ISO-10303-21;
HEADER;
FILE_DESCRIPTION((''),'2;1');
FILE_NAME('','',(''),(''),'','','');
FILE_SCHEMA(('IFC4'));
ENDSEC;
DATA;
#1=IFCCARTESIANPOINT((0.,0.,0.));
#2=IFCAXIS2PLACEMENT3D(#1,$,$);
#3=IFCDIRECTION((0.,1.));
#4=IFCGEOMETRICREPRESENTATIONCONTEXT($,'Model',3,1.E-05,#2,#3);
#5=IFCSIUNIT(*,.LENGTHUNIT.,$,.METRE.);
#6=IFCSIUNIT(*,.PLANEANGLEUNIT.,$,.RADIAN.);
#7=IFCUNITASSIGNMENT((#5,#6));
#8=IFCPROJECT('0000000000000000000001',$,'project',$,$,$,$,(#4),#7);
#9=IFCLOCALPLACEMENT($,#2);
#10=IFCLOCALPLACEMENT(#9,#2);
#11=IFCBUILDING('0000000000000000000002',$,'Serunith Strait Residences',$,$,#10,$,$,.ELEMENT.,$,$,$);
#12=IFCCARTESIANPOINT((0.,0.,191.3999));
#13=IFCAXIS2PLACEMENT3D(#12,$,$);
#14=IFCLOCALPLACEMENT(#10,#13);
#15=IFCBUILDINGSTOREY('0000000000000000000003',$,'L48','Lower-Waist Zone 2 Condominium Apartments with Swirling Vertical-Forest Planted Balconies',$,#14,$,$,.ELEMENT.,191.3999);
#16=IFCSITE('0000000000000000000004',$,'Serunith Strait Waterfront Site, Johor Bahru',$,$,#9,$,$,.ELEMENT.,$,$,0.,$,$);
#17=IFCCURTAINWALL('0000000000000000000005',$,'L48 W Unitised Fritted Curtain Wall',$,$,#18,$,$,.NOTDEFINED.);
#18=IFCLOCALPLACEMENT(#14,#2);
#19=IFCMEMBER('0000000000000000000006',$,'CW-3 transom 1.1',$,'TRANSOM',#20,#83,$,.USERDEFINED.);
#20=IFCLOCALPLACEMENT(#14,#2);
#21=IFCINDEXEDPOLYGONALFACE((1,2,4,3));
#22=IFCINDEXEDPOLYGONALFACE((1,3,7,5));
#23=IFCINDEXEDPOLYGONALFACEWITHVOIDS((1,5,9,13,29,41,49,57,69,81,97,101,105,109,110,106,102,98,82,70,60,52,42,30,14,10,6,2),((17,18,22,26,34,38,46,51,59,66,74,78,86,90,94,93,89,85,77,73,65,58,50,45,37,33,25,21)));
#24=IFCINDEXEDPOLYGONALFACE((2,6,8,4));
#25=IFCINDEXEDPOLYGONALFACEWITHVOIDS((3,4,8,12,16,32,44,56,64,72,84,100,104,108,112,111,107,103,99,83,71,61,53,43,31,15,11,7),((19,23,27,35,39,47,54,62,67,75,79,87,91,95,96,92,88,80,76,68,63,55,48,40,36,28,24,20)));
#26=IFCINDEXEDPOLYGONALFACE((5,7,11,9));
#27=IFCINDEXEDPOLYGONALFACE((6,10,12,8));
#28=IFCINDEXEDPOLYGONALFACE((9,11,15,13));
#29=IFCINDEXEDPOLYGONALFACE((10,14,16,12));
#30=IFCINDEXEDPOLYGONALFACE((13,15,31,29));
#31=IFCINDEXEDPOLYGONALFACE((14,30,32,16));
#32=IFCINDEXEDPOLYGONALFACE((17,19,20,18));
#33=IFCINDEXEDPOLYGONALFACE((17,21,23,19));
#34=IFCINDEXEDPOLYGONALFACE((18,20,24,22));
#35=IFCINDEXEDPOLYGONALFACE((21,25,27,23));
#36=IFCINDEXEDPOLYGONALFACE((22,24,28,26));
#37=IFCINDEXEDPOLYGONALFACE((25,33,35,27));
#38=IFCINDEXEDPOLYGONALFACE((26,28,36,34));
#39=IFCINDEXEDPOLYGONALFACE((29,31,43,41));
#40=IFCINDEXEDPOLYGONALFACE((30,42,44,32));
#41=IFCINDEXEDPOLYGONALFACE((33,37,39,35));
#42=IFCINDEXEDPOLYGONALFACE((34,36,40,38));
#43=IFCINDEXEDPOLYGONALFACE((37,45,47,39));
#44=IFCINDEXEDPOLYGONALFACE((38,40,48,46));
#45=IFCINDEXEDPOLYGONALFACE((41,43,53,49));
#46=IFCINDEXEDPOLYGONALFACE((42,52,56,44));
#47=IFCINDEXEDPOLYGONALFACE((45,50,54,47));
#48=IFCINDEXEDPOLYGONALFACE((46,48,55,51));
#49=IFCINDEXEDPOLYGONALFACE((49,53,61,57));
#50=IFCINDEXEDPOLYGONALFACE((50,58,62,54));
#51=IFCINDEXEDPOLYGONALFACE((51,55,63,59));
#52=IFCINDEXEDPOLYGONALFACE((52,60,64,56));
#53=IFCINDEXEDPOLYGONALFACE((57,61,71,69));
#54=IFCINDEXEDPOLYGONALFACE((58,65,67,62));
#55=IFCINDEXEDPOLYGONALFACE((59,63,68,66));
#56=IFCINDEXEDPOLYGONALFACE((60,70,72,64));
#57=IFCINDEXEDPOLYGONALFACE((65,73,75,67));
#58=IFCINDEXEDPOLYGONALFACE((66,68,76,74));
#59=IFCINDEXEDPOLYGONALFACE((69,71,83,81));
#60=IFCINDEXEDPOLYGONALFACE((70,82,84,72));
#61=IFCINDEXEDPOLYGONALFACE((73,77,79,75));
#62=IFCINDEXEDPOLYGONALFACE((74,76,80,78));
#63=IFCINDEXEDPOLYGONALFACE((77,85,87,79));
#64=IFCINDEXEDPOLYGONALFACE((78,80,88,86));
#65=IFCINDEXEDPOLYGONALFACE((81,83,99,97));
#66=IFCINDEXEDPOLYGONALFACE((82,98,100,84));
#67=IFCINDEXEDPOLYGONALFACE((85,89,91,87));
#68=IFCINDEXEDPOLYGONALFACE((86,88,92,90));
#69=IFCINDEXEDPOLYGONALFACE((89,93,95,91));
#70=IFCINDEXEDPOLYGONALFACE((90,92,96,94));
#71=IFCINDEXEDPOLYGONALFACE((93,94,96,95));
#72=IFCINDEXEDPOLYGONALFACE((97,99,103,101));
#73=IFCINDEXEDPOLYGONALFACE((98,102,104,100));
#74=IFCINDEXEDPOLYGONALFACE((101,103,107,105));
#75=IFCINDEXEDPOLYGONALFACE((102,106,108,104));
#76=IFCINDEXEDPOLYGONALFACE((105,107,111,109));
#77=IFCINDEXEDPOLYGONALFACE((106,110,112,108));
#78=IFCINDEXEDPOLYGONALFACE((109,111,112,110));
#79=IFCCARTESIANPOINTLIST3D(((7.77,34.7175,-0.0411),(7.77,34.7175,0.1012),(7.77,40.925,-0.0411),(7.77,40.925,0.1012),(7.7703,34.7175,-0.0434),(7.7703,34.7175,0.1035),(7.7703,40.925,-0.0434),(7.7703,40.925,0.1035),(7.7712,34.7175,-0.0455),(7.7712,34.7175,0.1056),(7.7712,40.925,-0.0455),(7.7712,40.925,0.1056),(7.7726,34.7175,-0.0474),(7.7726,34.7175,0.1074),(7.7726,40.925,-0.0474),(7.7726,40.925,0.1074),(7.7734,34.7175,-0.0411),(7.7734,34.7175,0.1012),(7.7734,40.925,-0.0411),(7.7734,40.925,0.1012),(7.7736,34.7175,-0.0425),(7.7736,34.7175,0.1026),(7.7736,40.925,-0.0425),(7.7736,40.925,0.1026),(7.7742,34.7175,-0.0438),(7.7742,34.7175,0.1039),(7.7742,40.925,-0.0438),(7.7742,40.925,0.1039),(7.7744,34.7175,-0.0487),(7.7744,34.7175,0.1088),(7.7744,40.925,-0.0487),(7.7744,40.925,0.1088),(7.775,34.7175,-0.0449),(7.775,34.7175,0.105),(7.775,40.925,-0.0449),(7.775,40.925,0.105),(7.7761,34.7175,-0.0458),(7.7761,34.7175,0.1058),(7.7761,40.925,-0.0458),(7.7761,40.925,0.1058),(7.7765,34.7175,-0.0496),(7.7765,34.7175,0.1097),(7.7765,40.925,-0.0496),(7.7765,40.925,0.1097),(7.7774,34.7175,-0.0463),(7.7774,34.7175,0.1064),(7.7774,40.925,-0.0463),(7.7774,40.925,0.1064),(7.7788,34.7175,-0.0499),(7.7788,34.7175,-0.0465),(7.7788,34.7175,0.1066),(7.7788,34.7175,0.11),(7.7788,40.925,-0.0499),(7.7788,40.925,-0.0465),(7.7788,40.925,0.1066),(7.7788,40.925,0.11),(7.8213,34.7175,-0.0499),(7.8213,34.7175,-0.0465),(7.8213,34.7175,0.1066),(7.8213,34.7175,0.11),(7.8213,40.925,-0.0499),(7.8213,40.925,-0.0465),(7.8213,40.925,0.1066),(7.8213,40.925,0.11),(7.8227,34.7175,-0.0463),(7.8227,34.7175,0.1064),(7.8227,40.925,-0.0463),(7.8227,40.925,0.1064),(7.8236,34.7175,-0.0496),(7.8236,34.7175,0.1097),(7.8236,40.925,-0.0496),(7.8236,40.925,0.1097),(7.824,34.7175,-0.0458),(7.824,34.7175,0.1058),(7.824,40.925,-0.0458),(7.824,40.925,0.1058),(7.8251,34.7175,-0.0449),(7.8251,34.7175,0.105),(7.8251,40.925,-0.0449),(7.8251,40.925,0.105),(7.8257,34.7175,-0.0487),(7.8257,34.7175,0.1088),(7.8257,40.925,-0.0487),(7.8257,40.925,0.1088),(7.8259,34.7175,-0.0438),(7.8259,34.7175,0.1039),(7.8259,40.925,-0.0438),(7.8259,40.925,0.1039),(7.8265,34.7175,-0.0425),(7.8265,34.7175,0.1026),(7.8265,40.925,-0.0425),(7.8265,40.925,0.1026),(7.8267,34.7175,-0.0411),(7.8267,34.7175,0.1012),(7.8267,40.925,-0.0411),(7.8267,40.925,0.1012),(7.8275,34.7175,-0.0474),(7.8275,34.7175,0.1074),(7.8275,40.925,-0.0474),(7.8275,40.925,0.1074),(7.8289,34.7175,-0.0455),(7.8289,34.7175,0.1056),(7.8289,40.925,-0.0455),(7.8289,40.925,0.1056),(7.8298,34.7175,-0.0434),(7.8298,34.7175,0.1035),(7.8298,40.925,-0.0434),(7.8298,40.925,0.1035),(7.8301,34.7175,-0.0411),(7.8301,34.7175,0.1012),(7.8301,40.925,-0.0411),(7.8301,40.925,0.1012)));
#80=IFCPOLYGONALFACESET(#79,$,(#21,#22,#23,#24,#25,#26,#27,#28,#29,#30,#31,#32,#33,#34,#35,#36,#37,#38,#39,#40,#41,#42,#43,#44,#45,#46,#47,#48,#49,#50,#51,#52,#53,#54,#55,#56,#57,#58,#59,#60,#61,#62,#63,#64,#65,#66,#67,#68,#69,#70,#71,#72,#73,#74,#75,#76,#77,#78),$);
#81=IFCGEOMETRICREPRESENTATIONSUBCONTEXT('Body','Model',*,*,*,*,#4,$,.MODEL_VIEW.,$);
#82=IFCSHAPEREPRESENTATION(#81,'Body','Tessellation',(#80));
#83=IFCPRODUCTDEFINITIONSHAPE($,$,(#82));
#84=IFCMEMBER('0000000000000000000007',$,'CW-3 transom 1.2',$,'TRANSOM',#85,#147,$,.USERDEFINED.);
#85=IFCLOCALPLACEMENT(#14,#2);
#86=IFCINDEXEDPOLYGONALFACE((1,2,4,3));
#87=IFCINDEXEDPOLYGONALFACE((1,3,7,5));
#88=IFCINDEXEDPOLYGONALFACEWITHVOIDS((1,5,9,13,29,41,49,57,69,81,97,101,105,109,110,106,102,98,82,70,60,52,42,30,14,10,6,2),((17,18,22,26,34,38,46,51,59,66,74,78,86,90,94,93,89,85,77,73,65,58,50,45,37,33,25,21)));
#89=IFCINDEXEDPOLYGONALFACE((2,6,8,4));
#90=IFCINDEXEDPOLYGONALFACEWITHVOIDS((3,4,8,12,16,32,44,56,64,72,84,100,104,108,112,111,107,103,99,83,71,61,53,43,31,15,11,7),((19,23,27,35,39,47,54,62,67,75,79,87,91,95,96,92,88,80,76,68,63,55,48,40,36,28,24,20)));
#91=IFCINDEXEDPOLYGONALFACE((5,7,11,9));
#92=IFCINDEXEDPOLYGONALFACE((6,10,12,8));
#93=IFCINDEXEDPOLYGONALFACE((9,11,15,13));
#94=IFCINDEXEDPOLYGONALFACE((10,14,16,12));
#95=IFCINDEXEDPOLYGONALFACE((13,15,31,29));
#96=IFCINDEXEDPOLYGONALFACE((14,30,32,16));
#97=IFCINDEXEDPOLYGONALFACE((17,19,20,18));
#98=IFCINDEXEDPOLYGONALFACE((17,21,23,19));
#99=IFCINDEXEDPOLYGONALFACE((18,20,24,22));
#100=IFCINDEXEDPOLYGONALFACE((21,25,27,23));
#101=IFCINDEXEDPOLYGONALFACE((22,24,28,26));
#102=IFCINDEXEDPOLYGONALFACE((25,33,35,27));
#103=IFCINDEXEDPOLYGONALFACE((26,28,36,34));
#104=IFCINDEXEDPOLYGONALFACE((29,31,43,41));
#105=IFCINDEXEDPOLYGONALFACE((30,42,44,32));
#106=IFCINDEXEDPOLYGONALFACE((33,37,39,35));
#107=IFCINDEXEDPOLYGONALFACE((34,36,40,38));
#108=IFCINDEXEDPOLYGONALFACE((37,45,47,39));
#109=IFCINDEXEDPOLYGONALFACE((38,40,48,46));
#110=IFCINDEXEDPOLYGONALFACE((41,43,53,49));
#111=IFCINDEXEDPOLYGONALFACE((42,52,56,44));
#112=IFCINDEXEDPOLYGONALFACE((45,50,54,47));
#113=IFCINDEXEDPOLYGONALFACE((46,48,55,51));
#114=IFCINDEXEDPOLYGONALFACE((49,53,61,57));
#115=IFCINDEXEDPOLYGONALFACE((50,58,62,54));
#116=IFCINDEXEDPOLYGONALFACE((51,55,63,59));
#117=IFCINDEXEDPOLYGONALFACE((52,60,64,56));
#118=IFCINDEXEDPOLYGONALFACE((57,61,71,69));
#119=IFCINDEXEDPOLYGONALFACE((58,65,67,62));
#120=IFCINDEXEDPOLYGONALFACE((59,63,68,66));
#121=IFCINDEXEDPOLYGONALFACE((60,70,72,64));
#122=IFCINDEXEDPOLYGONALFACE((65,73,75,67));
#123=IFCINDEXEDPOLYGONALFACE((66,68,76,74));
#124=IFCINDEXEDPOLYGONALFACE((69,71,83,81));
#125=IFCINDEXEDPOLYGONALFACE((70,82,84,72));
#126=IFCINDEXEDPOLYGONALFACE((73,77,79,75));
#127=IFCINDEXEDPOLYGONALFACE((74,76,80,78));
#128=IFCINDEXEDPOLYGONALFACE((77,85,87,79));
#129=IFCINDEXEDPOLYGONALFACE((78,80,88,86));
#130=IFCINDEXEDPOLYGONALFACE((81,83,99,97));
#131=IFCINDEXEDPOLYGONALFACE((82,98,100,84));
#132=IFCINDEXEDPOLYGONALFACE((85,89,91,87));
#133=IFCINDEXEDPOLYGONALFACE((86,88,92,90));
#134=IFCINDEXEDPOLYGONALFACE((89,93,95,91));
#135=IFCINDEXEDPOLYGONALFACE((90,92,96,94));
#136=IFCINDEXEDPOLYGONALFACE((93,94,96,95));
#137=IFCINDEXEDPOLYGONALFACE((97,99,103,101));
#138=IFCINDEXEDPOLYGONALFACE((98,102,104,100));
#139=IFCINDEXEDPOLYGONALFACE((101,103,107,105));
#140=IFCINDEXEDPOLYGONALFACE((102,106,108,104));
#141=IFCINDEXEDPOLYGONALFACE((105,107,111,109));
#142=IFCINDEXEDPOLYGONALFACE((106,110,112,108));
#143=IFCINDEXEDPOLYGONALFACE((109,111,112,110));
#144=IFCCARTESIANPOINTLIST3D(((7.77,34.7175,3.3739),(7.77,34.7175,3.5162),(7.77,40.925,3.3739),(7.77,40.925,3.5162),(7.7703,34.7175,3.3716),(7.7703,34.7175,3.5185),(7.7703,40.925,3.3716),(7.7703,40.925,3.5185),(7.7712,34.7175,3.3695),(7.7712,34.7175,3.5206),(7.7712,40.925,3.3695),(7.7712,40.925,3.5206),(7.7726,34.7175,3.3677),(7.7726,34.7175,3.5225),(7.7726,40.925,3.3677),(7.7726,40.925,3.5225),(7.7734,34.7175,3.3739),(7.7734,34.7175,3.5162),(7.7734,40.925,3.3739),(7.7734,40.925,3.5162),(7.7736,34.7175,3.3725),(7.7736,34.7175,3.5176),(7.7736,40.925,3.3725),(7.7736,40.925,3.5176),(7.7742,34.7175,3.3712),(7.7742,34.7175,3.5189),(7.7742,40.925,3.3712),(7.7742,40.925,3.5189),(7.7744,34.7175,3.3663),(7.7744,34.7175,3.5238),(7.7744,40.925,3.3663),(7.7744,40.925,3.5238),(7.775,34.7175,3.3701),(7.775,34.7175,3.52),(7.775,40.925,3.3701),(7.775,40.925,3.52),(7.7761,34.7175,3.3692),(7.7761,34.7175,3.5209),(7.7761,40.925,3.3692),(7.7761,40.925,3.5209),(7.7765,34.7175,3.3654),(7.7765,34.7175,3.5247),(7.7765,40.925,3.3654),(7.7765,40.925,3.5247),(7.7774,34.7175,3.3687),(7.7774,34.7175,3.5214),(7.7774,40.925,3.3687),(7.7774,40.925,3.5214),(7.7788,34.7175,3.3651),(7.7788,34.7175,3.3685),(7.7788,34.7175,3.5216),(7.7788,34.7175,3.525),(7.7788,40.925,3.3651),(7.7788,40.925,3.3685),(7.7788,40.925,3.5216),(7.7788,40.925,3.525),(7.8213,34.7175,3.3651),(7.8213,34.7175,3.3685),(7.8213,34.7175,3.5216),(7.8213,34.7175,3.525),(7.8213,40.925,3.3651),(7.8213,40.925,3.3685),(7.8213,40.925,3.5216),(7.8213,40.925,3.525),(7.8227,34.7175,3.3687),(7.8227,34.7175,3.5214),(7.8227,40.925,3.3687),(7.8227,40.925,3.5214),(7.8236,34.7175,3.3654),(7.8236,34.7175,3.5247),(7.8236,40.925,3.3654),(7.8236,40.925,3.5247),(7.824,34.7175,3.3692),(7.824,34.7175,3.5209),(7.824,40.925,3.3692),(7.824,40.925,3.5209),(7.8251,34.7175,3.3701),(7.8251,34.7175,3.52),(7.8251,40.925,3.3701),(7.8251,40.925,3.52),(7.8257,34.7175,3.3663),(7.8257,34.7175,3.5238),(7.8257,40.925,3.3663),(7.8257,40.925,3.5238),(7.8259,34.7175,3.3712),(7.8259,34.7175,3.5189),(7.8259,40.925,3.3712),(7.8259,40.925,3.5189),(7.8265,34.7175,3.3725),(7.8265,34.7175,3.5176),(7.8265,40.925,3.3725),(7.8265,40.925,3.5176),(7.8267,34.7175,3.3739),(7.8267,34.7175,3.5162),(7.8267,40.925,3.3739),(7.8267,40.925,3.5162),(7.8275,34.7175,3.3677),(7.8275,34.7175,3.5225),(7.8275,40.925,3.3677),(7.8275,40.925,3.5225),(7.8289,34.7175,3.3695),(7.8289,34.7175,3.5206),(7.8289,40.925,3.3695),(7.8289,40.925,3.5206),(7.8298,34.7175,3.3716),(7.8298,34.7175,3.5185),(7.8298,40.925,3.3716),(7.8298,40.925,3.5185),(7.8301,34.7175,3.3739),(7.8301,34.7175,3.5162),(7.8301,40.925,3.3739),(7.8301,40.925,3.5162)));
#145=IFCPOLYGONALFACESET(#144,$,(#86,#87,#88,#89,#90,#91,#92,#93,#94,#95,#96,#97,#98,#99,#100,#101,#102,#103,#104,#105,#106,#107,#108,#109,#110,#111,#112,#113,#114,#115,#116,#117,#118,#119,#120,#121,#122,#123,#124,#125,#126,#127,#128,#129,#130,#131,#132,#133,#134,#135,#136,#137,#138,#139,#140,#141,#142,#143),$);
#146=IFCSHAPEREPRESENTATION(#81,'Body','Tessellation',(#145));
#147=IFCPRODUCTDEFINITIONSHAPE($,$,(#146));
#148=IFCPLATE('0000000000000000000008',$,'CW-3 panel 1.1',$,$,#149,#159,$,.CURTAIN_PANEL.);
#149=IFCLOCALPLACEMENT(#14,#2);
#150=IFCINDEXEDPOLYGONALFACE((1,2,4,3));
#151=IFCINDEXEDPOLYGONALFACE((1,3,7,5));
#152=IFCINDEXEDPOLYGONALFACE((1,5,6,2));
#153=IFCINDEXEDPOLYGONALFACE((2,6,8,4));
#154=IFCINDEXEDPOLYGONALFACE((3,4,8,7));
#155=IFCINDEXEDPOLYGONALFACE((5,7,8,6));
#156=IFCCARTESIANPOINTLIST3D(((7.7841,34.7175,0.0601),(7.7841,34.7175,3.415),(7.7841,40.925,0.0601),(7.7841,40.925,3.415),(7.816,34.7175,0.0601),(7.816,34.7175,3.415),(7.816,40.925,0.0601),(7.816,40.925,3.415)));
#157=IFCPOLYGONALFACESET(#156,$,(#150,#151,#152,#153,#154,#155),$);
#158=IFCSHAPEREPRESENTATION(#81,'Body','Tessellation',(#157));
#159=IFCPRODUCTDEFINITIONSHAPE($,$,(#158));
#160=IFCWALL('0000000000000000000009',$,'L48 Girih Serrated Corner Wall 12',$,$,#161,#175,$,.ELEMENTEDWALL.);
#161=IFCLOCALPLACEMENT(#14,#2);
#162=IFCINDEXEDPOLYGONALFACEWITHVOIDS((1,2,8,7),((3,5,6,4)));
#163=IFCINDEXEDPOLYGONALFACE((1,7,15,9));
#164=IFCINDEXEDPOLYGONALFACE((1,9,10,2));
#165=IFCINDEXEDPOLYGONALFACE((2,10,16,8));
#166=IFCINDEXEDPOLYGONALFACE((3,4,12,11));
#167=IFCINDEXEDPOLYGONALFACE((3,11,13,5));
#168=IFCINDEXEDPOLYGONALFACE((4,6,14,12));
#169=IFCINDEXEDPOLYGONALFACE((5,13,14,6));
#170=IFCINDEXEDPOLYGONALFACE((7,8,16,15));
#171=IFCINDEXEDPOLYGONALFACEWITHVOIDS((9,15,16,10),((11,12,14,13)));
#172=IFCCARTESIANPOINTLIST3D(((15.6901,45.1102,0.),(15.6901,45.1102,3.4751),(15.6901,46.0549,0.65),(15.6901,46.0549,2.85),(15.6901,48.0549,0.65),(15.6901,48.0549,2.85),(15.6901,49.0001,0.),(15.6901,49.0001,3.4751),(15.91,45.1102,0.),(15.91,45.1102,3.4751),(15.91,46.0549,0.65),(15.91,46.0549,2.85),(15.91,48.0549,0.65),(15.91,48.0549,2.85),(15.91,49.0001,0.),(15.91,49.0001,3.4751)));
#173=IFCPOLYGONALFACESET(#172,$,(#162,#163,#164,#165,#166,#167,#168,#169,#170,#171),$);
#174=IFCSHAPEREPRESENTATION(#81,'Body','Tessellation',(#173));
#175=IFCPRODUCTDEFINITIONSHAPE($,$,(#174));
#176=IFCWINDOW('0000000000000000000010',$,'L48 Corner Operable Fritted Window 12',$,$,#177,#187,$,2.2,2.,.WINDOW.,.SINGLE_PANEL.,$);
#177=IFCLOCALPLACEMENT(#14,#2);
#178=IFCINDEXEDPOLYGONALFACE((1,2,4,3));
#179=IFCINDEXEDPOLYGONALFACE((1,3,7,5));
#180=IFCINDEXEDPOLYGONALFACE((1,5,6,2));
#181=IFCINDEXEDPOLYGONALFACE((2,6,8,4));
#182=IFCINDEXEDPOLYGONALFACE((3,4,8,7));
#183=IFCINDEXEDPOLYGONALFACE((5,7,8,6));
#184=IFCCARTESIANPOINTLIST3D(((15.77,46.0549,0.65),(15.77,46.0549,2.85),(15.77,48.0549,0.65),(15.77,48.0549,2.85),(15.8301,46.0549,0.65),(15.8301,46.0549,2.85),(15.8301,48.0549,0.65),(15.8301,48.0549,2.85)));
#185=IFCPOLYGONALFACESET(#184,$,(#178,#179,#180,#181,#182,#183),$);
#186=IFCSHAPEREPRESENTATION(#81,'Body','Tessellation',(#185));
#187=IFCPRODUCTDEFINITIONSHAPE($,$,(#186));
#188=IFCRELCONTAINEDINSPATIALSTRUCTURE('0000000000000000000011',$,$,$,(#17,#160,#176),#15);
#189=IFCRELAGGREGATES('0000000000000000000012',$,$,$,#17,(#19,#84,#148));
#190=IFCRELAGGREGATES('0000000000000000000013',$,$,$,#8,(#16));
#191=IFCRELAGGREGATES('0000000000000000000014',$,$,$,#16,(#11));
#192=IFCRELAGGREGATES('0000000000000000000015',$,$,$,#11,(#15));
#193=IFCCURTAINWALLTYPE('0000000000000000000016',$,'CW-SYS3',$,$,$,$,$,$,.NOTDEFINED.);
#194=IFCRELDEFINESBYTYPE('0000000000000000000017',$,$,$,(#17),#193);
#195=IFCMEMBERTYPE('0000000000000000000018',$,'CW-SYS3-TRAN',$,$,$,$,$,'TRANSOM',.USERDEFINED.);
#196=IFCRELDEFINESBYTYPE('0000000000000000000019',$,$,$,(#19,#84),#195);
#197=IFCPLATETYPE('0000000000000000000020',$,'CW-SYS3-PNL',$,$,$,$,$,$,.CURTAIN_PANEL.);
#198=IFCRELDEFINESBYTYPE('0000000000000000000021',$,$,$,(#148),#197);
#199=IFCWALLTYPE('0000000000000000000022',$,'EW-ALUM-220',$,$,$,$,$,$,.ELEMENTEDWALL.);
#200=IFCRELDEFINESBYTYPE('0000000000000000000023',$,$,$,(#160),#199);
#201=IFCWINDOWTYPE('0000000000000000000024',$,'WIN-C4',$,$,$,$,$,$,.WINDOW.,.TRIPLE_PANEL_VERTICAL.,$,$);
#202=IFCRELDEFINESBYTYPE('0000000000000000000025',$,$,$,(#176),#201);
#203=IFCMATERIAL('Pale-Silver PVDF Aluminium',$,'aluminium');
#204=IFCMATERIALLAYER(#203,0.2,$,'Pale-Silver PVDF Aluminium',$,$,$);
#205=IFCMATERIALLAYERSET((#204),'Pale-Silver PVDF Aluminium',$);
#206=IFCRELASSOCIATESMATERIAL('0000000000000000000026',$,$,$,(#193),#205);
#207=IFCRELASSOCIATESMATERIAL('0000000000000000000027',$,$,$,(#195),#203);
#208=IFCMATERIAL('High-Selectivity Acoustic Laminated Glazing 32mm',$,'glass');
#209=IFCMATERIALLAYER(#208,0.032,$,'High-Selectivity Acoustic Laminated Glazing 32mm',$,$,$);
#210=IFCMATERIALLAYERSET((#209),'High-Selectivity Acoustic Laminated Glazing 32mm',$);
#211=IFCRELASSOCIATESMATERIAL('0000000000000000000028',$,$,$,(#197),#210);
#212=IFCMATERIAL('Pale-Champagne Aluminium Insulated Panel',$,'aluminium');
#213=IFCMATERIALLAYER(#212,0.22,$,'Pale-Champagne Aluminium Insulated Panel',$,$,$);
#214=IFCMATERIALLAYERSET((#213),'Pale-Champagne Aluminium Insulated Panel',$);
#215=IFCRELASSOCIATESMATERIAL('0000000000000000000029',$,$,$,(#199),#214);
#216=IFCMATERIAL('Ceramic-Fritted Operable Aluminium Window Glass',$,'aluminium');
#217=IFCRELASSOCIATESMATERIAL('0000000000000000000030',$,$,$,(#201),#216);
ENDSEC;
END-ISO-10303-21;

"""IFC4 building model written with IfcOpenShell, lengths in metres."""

from ifc_helpers import new_model, si_unit, direction, frame, frame_2d, origin, origin_2d, place, context, subcontext, project, spatial, rectangle, hollow_rectangle, extrude, source, transform, mapped, material, layer, layer_set, material_profile, profile_set, type_object, element, fill, aggregate, save


model = new_model("IFC4")

# Units and contexts
model_context = context("Model", 3, precision=1e-05, world=origin(), true_north=direction((0.0, 1.0)))
body_context = subcontext(model_context, "Body", "Model", "MODEL_VIEW")
ifc_project = project(units=[si_unit("LENGTHUNIT", "METRE"), si_unit("PLANEANGLEUNIT", "RADIAN")], contexts=[model_context])

# Site, building, storey
site_placement = place(None, origin())
site = spatial("IfcSite", under=ifc_project, at=site_placement, Name="Serunith Strait Waterfront Site, Johor Bahru", CompositionType="ELEMENT", RefElevation=0.0)
building_placement = place(site_placement, origin())
building = spatial("IfcBuilding", under=site, at=building_placement, Name="Serunith Strait Residences", CompositionType="ELEMENT")
storey_placement = place(building_placement, frame((0.0, 0.0, 191.3999)))
storey = spatial("IfcBuildingStorey", under=building, at=storey_placement, Name="L48", Description="Lower-Waist Zone 2 Condominium Apartments with Swirling Vertical-Forest Planted Balconies", CompositionType="ELEMENT", Elevation=191.3999)

# Shared definitions
ifc_material_1 = material(Name="Pale-Silver PVDF Aluminium", Category="aluminium")
ifc_layer_1 = layer(ifc_material_1, 0.2, Name="Pale-Silver PVDF Aluminium")
ifc_layer_set_1 = layer_set([ifc_layer_1], Name="Pale-Silver PVDF Aluminium")
curtain_wall_type = type_object("IfcCurtainWallType", Name="CW-SYS3", PredefinedType="NOTDEFINED", material=ifc_layer_set_1)

# Curtain wall, members, plate
curtain_wall_1_placement = place(storey_placement, origin())
curtain_wall_1 = element("IfcCurtainWall", 1, at=curtain_wall_1_placement, inside=storey, type_object=curtain_wall_type, Name="L48 W Unitised Fritted Curtain Wall", PredefinedType="NOTDEFINED")
ifc_material_profile_1 = material_profile(ifc_material_1, hollow_rectangle(XDim=0.0601, YDim=0.1599, WallThickness=0.0034, InnerFilletRadius=0.0054, OuterFilletRadius=0.0088, at=origin_2d()), Name="ALU 160x60x3.5")
ifc_profile_set_1 = profile_set([ifc_material_profile_1], Name="Pale-Silver PVDF Aluminium")
member_type_1 = type_object("IfcMemberType", Name="CW-SYS3-TRAN", ElementType="TRANSOM", PredefinedType="USERDEFINED", material=ifc_profile_set_1)
shared_shape_1 = source(origin(), body_context, "Body", "SweptSolid", [
    extrude(hollow_rectangle(XDim=0.0601, YDim=0.1599, WallThickness=0.0034, InnerFilletRadius=0.0054, OuterFilletRadius=0.0088, at=origin_2d()), origin(), (0.0, 0.0, 1.0), 6.2075),
])
member_1_placement = place(storey_placement, frame((7.8, 40.925, 0.03), z_axis=(0.0, -1.0, 0.0), x_axis=(1.0, 0.0, 0.0)))
member_1 = element("IfcMember", 2, at=member_1_placement, type_object=member_type_1, Name="CW-3 transom 1.1", ObjectType="TRANSOM", PredefinedType="USERDEFINED", context=body_context, shape_type="MappedRepresentation", body=[
    mapped(shared_shape_1, transform((0.0, 0.0, 0.0), scale=1.0)),
])
member_2_placement = place(storey_placement, frame((7.8, 40.925, 3.4451), z_axis=(0.0, -1.0, 0.0), x_axis=(1.0, 0.0, 0.0)))
member_2 = element("IfcMember", 3, at=member_2_placement, type_object=member_type_1, Name="CW-3 transom 1.2", ObjectType="TRANSOM", PredefinedType="USERDEFINED", context=body_context, shape_type="MappedRepresentation", body=[
    mapped(shared_shape_1, transform((0.0, 0.0, 0.0), scale=1.0)),
])
ifc_material_2 = material(Name="High-Selectivity Acoustic Laminated Glazing 32mm", Category="glass")
ifc_layer_2 = layer(ifc_material_2, 0.032, Name="High-Selectivity Acoustic Laminated Glazing 32mm")
ifc_layer_set_2 = layer_set([ifc_layer_2], Name="High-Selectivity Acoustic Laminated Glazing 32mm")
plate_type = type_object("IfcPlateType", Name="CW-SYS3-PNL", PredefinedType="CURTAIN_PANEL", material=ifc_layer_set_2)
shared_shape_2 = source(origin(), body_context, "Body", "SweptSolid", [
    extrude(rectangle(XDim=6.2075, YDim=0.032, at=origin_2d()), origin(), (0.0, 0.0, 1.0), 3.355),
])
plate_placement = place(storey_placement, frame((7.8, 37.8213, 0.0601), z_axis=(0.0, 0.0, 1.0), x_axis=(0.0, -1.0, 0.0)))
plate = element("IfcPlate", 4, at=plate_placement, type_object=plate_type, Name="CW-3 panel 1.1", PredefinedType="CURTAIN_PANEL", context=body_context, shape_type="MappedRepresentation", body=[
    mapped(shared_shape_2, transform((0.0, 0.0, 0.0), scale=1.0)),
])
aggregate(curtain_wall_1, [member_1, member_2, plate])

# Wall, opening, window
ifc_material_3 = material(Name="Pale-Champagne Aluminium Insulated Panel", Category="aluminium")
ifc_layer_3 = layer(ifc_material_3, 0.22, Name="Pale-Champagne Aluminium Insulated Panel")
ifc_layer_set_3 = layer_set([ifc_layer_3], Name="Pale-Champagne Aluminium Insulated Panel")
wall_type_1 = type_object("IfcWallType", Name="EW-ALUM-220", PredefinedType="ELEMENTEDWALL", material=ifc_layer_set_3)
wall_1_placement = place(storey_placement, frame((15.8, 49.0, 0.0), z_axis=(0.0, 0.0, 1.0), x_axis=(0.0, -1.0, 0.0)))
wall_1 = element("IfcWall", 5, at=wall_1_placement, inside=storey, type_object=wall_type_1, Name="L48 Girih Serrated Corner Wall 12", PredefinedType="ELEMENTEDWALL", context=body_context, shape_type="SweptSolid", body=[
    extrude(rectangle(XDim=3.8899, YDim=0.22, at=frame_2d((1.9448, 0.0))), origin(), (0.0, 0.0, 1.0), 3.4751),
])
opening_1_placement = place(wall_1_placement, frame((0.9451, 0.0, 0.6499)))
opening_1 = element("IfcOpeningElement", 6, at=opening_1_placement, cuts=wall_1, PredefinedType="OPENING", context=body_context, shape_type="SweptSolid", body=[
    extrude(rectangle(XDim=2.0, YDim=2.2, at=frame_2d((1.0, 1.1001))), frame((0.0, 0.1201, 0.0), z_axis=(0.0, -1.0, 0.0), x_axis=(1.0, 0.0, 0.0)), (0.0, 0.0, 1.0), 0.24),
])
ifc_material_4 = material(Name="Ceramic-Fritted Operable Aluminium Window Glass", Category="aluminium")
window_type = type_object("IfcWindowType", Name="WIN-C4", PartitioningType="TRIPLE_PANEL_VERTICAL", PredefinedType="WINDOW", material=ifc_material_4)
shared_shape_3 = source(origin(), body_context, "Body", "SweptSolid", [
    extrude(rectangle(XDim=2.0, YDim=2.2, at=frame_2d((1.0, 1.1001))), frame((0.0, 0.03, 0.0), z_axis=(0.0, -1.0, 0.0), x_axis=(1.0, 0.0, 0.0)), (0.0, 0.0, 1.0), 0.0601),
])
window_1_placement = place(opening_1_placement, origin())
window_1 = element("IfcWindow", 7, at=window_1_placement, inside=storey, type_object=window_type, Name="L48 Corner Operable Fritted Window 12", OverallHeight=2.2, OverallWidth=2.0, PartitioningType="SINGLE_PANEL", PredefinedType="WINDOW", context=body_context, shape_type="MappedRepresentation", body=[
    mapped(shared_shape_3, transform((0.0, 0.0, 0.0), scale=1.0)),
])
fill(opening_1, window_1)

save(model, "model.ifc")
